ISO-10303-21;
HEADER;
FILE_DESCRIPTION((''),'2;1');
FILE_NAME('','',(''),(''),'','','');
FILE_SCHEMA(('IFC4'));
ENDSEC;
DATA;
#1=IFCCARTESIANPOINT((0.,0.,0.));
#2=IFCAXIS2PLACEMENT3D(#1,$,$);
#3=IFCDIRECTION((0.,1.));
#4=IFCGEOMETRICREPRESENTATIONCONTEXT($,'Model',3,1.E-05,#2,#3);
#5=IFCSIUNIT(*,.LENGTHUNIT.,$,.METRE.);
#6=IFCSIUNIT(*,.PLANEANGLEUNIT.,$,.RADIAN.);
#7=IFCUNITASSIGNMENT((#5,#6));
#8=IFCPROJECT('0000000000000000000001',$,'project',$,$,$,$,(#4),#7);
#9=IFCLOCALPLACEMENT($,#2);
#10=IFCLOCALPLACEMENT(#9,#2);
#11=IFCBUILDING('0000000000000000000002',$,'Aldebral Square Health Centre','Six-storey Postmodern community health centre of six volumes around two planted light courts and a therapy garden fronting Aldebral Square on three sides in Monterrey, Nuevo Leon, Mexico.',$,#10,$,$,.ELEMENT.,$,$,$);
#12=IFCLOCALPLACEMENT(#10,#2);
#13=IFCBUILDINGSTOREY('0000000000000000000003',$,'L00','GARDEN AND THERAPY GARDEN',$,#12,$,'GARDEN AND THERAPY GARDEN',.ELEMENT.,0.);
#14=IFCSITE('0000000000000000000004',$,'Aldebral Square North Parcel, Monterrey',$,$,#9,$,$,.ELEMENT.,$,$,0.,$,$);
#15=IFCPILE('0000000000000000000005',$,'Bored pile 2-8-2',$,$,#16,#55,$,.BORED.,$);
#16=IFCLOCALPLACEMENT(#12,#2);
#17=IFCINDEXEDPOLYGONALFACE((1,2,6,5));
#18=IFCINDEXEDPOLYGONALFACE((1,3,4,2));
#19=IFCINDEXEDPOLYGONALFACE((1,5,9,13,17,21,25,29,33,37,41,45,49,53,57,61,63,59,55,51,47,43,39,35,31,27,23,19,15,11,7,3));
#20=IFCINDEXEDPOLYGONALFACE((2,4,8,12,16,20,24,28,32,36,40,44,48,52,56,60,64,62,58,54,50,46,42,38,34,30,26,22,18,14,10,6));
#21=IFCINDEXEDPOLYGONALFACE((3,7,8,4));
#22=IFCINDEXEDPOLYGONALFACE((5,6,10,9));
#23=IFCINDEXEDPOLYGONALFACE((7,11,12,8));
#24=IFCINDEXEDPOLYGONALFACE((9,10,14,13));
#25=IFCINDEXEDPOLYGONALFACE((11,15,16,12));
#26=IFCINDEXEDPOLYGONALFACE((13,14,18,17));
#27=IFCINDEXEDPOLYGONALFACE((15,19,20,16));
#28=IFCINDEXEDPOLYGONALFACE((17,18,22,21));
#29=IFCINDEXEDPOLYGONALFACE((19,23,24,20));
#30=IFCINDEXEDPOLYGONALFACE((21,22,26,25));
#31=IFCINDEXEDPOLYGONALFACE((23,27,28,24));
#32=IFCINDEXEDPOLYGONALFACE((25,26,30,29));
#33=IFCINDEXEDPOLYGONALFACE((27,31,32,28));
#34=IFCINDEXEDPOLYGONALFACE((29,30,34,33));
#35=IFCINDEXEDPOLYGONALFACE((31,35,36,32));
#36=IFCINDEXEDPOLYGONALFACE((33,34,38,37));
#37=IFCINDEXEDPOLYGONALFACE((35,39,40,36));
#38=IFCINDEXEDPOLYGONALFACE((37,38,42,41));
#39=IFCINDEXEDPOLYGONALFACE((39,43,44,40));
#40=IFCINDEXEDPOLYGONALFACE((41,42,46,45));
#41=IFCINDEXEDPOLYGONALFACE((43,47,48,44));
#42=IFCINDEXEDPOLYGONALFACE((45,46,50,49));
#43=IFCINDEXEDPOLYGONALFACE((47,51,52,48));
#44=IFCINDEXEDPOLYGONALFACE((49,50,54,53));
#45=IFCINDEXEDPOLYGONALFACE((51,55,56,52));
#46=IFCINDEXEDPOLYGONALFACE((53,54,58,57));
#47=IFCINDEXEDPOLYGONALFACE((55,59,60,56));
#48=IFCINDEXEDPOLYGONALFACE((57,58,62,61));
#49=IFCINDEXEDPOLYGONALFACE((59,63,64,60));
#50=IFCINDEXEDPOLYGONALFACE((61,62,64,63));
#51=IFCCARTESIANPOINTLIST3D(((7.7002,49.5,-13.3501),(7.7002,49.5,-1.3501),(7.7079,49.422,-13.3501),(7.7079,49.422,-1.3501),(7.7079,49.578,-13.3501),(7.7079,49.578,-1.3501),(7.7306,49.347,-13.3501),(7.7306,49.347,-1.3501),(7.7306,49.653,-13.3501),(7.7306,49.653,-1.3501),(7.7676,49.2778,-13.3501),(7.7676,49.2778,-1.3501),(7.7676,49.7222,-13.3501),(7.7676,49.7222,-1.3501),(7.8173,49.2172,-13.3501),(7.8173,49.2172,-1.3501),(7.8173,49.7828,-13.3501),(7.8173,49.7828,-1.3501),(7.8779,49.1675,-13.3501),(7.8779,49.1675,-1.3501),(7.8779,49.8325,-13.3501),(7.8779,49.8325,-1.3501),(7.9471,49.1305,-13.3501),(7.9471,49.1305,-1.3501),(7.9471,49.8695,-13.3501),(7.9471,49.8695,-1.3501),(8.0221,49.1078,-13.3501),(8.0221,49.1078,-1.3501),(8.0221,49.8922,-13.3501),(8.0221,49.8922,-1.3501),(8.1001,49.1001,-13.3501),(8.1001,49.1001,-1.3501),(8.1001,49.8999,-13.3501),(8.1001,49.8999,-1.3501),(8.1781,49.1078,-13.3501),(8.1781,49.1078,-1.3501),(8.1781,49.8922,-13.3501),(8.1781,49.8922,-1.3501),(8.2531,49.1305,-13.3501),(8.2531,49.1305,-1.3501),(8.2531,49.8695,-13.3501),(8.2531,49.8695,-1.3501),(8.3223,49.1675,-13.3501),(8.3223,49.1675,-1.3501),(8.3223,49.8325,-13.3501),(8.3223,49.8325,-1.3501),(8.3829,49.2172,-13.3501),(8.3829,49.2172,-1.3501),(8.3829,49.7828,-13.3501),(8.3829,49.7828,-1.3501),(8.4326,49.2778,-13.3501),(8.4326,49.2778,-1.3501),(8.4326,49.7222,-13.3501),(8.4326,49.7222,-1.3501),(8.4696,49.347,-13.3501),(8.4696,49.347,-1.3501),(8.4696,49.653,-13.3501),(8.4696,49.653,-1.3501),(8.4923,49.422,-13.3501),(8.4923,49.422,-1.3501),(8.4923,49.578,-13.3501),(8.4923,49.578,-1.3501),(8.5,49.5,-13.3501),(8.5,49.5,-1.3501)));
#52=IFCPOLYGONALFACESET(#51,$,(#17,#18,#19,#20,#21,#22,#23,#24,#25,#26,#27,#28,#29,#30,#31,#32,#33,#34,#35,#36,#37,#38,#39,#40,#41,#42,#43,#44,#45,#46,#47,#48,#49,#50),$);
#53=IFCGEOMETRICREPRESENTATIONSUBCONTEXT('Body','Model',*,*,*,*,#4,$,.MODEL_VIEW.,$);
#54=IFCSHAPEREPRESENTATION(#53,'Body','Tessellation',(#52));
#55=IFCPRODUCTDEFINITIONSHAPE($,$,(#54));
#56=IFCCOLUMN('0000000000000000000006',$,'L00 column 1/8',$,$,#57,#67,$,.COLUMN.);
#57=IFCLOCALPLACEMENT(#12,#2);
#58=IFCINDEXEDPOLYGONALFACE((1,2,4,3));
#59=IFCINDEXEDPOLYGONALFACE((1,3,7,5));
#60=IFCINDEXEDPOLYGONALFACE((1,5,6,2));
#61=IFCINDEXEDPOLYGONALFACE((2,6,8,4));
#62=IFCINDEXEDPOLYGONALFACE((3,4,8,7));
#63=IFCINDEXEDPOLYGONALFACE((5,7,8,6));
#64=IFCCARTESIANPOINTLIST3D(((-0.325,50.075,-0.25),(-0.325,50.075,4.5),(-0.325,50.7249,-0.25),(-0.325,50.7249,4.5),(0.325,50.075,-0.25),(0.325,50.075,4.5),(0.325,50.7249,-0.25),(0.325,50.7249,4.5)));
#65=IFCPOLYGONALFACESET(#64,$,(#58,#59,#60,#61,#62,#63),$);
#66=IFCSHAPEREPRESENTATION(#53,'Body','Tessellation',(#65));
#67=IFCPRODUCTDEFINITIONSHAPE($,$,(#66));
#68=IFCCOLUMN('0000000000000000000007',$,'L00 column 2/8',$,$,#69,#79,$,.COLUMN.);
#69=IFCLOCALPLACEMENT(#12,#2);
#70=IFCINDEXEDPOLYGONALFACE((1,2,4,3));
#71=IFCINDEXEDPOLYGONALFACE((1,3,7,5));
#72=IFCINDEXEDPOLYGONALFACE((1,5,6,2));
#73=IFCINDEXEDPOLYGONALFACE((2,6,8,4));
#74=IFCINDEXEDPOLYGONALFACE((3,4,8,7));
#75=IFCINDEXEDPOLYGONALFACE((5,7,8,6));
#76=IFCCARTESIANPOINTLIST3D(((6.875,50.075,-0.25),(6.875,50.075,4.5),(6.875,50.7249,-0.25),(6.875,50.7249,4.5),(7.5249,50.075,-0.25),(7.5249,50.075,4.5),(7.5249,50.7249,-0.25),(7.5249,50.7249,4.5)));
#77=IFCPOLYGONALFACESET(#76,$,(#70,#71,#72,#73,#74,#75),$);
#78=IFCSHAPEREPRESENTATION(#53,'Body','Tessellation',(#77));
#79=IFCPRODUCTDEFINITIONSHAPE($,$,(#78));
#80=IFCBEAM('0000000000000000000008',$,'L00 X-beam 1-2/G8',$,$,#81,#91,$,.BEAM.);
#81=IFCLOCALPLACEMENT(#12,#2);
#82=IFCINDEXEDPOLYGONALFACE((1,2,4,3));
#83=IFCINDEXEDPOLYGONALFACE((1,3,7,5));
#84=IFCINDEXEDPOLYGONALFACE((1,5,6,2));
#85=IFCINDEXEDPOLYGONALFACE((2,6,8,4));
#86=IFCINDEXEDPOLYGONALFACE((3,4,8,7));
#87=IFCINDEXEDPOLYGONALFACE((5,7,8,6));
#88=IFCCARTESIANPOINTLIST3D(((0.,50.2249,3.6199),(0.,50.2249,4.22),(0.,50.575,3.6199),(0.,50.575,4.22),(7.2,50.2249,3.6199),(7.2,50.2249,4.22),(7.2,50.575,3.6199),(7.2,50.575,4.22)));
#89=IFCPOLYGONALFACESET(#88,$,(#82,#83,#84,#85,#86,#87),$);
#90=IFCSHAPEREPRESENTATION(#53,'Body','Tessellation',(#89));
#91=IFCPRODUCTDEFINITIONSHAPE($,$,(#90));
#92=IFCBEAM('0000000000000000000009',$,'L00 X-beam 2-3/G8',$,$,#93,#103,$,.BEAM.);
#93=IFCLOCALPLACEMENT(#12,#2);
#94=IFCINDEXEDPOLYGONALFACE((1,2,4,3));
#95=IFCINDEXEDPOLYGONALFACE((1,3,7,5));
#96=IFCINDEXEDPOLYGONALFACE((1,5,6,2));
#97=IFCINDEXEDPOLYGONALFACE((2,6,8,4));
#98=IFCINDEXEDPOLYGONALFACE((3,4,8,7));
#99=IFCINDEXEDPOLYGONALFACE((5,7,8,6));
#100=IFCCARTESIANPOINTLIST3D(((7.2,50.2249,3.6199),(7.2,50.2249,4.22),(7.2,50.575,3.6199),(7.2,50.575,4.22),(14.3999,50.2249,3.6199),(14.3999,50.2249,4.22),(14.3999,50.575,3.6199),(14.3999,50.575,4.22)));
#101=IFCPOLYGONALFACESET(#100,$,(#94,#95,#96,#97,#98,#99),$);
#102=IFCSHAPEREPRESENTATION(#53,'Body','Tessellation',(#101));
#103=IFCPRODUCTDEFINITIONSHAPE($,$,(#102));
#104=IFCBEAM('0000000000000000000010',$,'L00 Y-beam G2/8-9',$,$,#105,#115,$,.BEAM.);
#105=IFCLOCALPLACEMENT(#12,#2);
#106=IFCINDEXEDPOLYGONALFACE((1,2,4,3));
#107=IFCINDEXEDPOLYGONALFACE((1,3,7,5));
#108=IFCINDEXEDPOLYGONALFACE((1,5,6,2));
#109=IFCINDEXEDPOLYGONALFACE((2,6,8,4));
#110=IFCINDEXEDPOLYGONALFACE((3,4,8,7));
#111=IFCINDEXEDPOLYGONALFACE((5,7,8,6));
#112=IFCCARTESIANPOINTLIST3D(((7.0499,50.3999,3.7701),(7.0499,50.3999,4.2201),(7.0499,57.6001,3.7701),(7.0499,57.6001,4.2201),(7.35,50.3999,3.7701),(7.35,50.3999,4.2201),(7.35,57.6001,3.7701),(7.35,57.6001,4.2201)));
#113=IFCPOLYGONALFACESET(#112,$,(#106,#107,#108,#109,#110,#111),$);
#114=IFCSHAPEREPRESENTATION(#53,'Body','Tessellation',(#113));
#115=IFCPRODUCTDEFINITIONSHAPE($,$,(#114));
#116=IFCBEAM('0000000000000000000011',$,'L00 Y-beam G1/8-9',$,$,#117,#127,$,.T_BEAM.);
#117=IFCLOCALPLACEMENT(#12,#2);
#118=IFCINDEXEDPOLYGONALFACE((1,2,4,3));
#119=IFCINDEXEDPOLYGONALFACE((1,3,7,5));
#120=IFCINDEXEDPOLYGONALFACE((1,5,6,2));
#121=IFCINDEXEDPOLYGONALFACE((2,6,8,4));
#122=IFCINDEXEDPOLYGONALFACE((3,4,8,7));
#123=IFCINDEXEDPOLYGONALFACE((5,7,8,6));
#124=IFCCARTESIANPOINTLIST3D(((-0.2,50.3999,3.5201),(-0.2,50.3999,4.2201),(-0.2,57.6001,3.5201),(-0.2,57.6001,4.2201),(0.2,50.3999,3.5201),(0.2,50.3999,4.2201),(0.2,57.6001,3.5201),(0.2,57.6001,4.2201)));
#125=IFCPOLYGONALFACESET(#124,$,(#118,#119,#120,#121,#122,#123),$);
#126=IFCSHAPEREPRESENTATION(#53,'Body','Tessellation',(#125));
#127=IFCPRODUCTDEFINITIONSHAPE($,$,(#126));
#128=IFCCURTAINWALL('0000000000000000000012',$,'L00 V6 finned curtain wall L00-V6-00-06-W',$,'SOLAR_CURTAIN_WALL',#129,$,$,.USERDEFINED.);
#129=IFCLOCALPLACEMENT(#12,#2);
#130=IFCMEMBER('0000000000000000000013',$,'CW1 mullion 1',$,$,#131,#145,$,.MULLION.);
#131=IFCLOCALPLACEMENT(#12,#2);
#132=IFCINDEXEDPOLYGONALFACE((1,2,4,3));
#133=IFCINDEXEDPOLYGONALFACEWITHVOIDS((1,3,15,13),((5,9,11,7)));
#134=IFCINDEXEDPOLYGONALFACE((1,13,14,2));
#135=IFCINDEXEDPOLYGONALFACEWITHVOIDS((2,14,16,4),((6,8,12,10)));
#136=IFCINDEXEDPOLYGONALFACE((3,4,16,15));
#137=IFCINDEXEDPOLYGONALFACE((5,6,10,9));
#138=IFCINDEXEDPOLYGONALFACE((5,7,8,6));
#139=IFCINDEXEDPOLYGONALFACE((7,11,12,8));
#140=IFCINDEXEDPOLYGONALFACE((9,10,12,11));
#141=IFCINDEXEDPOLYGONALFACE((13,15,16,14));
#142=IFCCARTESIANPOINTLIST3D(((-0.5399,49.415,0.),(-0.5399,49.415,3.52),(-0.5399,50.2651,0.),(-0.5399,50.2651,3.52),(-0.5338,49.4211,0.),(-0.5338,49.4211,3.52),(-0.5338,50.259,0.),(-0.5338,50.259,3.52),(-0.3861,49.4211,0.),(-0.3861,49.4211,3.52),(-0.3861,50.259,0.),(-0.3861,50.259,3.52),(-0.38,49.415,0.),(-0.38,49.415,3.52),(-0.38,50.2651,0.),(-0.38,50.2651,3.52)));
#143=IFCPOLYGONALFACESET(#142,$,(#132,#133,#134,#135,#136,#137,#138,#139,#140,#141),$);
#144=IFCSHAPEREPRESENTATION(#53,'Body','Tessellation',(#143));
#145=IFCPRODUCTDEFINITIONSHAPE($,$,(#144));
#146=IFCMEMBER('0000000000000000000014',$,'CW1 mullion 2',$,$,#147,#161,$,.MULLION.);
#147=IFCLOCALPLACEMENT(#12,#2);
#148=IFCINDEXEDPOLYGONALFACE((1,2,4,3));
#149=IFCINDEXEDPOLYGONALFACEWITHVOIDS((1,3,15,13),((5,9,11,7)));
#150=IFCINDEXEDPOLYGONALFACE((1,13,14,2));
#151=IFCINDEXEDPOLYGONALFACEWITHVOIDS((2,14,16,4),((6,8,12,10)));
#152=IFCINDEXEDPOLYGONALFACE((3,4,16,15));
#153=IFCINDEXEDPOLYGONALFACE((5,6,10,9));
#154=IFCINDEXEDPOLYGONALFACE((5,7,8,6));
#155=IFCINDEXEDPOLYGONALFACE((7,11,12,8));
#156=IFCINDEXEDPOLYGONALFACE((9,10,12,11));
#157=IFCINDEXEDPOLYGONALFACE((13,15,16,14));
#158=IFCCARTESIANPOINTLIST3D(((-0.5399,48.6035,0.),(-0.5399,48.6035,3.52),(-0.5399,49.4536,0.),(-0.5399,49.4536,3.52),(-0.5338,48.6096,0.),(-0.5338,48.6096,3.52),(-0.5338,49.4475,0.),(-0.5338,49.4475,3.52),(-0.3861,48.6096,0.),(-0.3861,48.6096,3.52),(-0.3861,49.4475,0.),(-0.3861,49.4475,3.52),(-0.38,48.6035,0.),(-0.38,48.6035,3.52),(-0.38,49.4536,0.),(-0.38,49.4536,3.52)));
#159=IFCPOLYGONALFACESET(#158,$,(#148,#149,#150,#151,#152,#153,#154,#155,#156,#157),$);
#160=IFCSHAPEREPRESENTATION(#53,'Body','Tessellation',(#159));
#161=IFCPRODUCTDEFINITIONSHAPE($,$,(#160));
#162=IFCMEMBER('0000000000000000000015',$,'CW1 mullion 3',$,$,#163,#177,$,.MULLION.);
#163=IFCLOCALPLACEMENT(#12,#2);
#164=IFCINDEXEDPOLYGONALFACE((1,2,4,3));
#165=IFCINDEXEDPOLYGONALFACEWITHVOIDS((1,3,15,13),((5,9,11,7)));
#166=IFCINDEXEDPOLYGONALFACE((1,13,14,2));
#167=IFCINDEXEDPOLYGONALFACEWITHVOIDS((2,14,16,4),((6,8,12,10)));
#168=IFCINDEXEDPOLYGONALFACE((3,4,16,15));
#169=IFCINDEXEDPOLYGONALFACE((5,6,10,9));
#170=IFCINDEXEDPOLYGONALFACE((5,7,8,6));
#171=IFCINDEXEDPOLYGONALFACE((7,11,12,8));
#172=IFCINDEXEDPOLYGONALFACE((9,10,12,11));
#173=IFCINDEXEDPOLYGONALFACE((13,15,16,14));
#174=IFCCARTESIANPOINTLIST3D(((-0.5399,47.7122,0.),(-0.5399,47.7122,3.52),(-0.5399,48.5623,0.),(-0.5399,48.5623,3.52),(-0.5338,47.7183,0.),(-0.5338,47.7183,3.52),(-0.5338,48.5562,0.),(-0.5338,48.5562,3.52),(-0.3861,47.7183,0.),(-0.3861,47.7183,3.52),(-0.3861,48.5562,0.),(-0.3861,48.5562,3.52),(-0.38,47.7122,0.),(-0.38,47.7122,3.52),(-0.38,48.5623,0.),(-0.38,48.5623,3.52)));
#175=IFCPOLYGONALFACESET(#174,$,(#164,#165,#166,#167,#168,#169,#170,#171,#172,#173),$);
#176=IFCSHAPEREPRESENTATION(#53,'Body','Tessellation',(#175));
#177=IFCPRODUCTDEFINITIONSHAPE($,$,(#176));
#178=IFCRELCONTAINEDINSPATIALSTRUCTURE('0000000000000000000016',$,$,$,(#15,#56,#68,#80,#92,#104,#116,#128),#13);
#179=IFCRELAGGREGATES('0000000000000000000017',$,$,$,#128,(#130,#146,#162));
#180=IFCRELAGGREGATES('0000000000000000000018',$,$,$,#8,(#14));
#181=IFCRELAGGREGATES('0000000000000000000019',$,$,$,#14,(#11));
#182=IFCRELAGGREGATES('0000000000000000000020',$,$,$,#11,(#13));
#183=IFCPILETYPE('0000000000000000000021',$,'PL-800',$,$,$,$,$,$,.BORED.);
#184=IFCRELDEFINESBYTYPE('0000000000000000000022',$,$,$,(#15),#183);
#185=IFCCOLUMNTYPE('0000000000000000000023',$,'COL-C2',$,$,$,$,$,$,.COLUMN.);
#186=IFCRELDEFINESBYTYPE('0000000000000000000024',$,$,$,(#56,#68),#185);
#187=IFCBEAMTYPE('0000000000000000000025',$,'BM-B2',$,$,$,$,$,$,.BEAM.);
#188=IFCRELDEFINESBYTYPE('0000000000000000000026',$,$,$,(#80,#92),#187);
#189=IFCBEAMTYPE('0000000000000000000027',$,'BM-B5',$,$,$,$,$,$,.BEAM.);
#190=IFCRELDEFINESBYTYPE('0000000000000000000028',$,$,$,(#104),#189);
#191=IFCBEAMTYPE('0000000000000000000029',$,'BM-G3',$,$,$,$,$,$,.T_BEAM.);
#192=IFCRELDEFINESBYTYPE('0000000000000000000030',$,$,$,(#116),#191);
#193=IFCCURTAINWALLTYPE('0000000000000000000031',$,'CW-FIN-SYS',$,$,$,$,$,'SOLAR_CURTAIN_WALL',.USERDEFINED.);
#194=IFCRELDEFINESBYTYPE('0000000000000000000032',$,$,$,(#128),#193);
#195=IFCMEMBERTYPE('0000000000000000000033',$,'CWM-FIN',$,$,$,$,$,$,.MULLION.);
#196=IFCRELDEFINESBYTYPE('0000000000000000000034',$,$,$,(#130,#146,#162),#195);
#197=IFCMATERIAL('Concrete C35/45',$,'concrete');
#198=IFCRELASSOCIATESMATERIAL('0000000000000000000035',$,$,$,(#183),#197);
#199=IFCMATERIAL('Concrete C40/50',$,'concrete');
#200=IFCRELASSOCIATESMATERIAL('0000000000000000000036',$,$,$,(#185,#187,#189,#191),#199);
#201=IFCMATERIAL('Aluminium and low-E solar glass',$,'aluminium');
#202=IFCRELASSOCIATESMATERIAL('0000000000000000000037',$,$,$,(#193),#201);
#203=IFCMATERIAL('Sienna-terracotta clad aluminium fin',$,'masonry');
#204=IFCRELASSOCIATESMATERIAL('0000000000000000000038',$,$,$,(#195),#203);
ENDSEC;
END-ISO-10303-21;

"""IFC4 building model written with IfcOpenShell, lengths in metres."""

from ifc_helpers import new_model, si_unit, direction, frame, origin, origin_2d, place, context, subcontext, project, spatial, rectangle, hollow_rectangle, circle, extrude, material, material_profile, profile_set, type_object, element, aggregate, save


model = new_model("IFC4")

# Units and contexts
model_context = context("Model", 3, precision=1e-05, world=origin(), true_north=direction((0.0, 1.0)))
body_context = subcontext(model_context, "Body", "Model", "MODEL_VIEW")
ifc_project = project(units=[si_unit("LENGTHUNIT", "METRE"), si_unit("PLANEANGLEUNIT", "RADIAN")], contexts=[model_context])

# Site, building, storey
site_placement = place(None, origin())
site = spatial("IfcSite", under=ifc_project, at=site_placement, Name="Aldebral Square North Parcel, Monterrey", CompositionType="ELEMENT", RefElevation=0.0)
building_placement = place(site_placement, origin())
building = spatial("IfcBuilding", under=site, at=building_placement, Name="Aldebral Square Health Centre", Description="Six-storey Postmodern community health centre of six volumes around two planted light courts and a therapy garden fronting Aldebral Square on three sides in Monterrey, Nuevo Leon, Mexico.", CompositionType="ELEMENT")
storey_placement = place(building_placement, origin())
storey = spatial("IfcBuildingStorey", under=building, at=storey_placement, Name="L00", Description="GARDEN AND THERAPY GARDEN", LongName="GARDEN AND THERAPY GARDEN", CompositionType="ELEMENT", Elevation=0.0)

# Shared definitions
ifc_material_1 = material(Name="Concrete C35/45", Category="concrete")

# Pile
ifc_material_profile_1 = material_profile(ifc_material_1, circle(Radius=0.3999, at=origin_2d()), Name="PILE D800")
ifc_profile_set_1 = profile_set([ifc_material_profile_1], Name="Concrete C35/45")
pile_type_1 = type_object("IfcPileType", Name="PL-800", PredefinedType="BORED", material=ifc_profile_set_1)
for number, where, z_axis, x_axis, name in (
    (1, (8.1001, 49.5, -1.3501), (0.0, 0.0, -1.0), (1.0, 0.0, 0.0), "Bored pile 2-8-2"),
):
    element("IfcPile", number, at=place(storey_placement, frame(where, z_axis=z_axis, x_axis=x_axis)), inside=storey, type_object=pile_type_1, Name=name, PredefinedType="BORED", context=body_context, shape_type="SweptSolid", body=[
        extrude(circle(Radius=0.3999, at=origin_2d()), origin(), (0.0, 0.0, 1.0), 12.0),
    ])

# Columns
ifc_material_2 = material(Name="Concrete C40/50", Category="concrete")
ifc_material_profile_2 = material_profile(ifc_material_2, rectangle(XDim=0.6499, YDim=0.6499, at=origin_2d()), Name="RC 650x650")
ifc_profile_set_2 = profile_set([ifc_material_profile_2], Name="Concrete C40/50")
column_type = type_object("IfcColumnType", Name="COL-C2", PredefinedType="COLUMN", material=ifc_profile_set_2)
for number, where, z_axis, x_axis, name in (
    (2, (0.0, 50.3999, -0.25), (0.0, 0.0, 1.0), (1.0, 0.0, 0.0), "L00 column 1/8"),
    (3, (7.2, 50.3999, -0.25), (0.0, 0.0, 1.0), (1.0, 0.0, 0.0), "L00 column 2/8"),
):
    element("IfcColumn", number, at=place(storey_placement, frame(where, z_axis=z_axis, x_axis=x_axis)), inside=storey, type_object=column_type, Name=name, PredefinedType="COLUMN", context=body_context, shape_type="SweptSolid", body=[
        extrude(rectangle(XDim=0.6499, YDim=0.6499, at=origin_2d()), origin(), (0.0, 0.0, 1.0), 4.75),
    ])

# Beams
ifc_material_profile_3 = material_profile(ifc_material_2, rectangle(XDim=0.3501, YDim=0.6001, at=origin_2d()), Name="RC 350x600")
ifc_profile_set_3 = profile_set([ifc_material_profile_3], Name="Concrete C40/50")
beam_type_1 = type_object("IfcBeamType", Name="BM-B2", PredefinedType="BEAM", material=ifc_profile_set_3)
for number, where, z_axis, x_axis, name in (
    (4, (0.0, 50.3999, 3.9199), (1.0, 0.0, 0.0), (0.0, 1.0, 0.0), "L00 X-beam 1-2/G8"),
    (5, (7.2, 50.3999, 3.9199), (1.0, 0.0, 0.0), (0.0, 1.0, 0.0), "L00 X-beam 2-3/G8"),
):
    element("IfcBeam", number, at=place(storey_placement, frame(where, z_axis=z_axis, x_axis=x_axis)), inside=storey, type_object=beam_type_1, Name=name, PredefinedType="BEAM", context=body_context, shape_type="SweptSolid", body=[
        extrude(rectangle(XDim=0.3501, YDim=0.6001, at=origin_2d()), origin(), (0.0, 0.0, 1.0), 7.2),
    ])
ifc_material_profile_4 = material_profile(ifc_material_2, rectangle(XDim=0.3, YDim=0.45, at=origin_2d()), Name="RC 300x450")
ifc_profile_set_4 = profile_set([ifc_material_profile_4], Name="Concrete C40/50")
beam_type_2 = type_object("IfcBeamType", Name="BM-B5", PredefinedType="BEAM", material=ifc_profile_set_4)
beam_1_placement = place(storey_placement, frame((7.2, 50.3999, 3.9951), z_axis=(0.0, 1.0, 0.0), x_axis=(-1.0, 0.0, 0.0)))
element("IfcBeam", 6, at=beam_1_placement, inside=storey, type_object=beam_type_2, Name="L00 Y-beam G2/8-9", PredefinedType="BEAM", context=body_context, shape_type="SweptSolid", body=[
    extrude(rectangle(XDim=0.3, YDim=0.45, at=origin_2d()), origin(), (0.0, 0.0, 1.0), 7.2002),
])
ifc_material_profile_5 = material_profile(ifc_material_2, rectangle(XDim=0.3999, YDim=0.7, at=origin_2d()), Name="RC 400x700")
ifc_profile_set_5 = profile_set([ifc_material_profile_5], Name="Concrete C40/50")
beam_type_3 = type_object("IfcBeamType", Name="BM-G3", PredefinedType="T_BEAM", material=ifc_profile_set_5)
beam_2_placement = place(storey_placement, frame((0.0, 50.3999, 3.8701), z_axis=(0.0, 1.0, 0.0), x_axis=(-1.0, 0.0, 0.0)))
element("IfcBeam", 7, at=beam_2_placement, inside=storey, type_object=beam_type_3, Name="L00 Y-beam G1/8-9", PredefinedType="T_BEAM", context=body_context, shape_type="SweptSolid", body=[
    extrude(rectangle(XDim=0.3999, YDim=0.7, at=origin_2d()), origin(), (0.0, 0.0, 1.0), 7.2002),
])

# Curtain wall, members
ifc_material_3 = material(Name="Aluminium and low-E solar glass", Category="aluminium")
curtain_wall_type = type_object("IfcCurtainWallType", Name="CW-FIN-SYS", ElementType="SOLAR_CURTAIN_WALL", PredefinedType="USERDEFINED", material=ifc_material_3)
curtain_wall_placement = place(storey_placement, origin())
curtain_wall = element("IfcCurtainWall", 8, at=curtain_wall_placement, inside=storey, type_object=curtain_wall_type, Name="L00 V6 finned curtain wall L00-V6-00-06-W", ObjectType="SOLAR_CURTAIN_WALL", PredefinedType="USERDEFINED")
ifc_material_4 = material(Name="Sienna-terracotta clad aluminium fin", Category="masonry")
ifc_material_profile_6 = material_profile(ifc_material_4, hollow_rectangle(XDim=0.1599, YDim=0.8501, WallThickness=0.0061, at=origin_2d()), Name="FIN 160x850x6")
ifc_profile_set_6 = profile_set([ifc_material_profile_6], Name="Sienna-terracotta clad aluminium fin")
member_type_1 = type_object("IfcMemberType", Name="CWM-FIN", PredefinedType="MULLION", material=ifc_profile_set_6)
member_1_placement = place(storey_placement, frame((-0.46, 49.8401, 0.0), z_axis=(0.0, 0.0, 1.0), x_axis=(1.0, 0.0, 0.0)))
member_1 = element("IfcMember", 9, at=member_1_placement, type_object=member_type_1, Name="CW1 mullion 1", PredefinedType="MULLION", context=body_context, shape_type="SweptSolid", body=[
    extrude(hollow_rectangle(XDim=0.1599, YDim=0.8501, WallThickness=0.0061, at=origin_2d()), origin(), (0.0, 0.0, 1.0), 3.52),
])
member_2_placement = place(storey_placement, frame((-0.46, 49.0286, 0.0), z_axis=(0.0, 0.0, 1.0), x_axis=(1.0, 0.0, 0.0)))
member_2 = element("IfcMember", 10, at=member_2_placement, type_object=member_type_1, Name="CW1 mullion 2", PredefinedType="MULLION", context=body_context, shape_type="SweptSolid", body=[
    extrude(hollow_rectangle(XDim=0.1599, YDim=0.8501, WallThickness=0.0061, at=origin_2d()), origin(), (0.0, 0.0, 1.0), 3.52),
])
member_3_placement = place(storey_placement, frame((-0.46, 48.1372, 0.0), z_axis=(0.0, 0.0, 1.0), x_axis=(1.0, 0.0, 0.0)))
member_3 = element("IfcMember", 11, at=member_3_placement, type_object=member_type_1, Name="CW1 mullion 3", PredefinedType="MULLION", context=body_context, shape_type="SweptSolid", body=[
    extrude(hollow_rectangle(XDim=0.1599, YDim=0.8501, WallThickness=0.0061, at=origin_2d()), origin(), (0.0, 0.0, 1.0), 3.52),
])
aggregate(curtain_wall, [member_1, member_2, member_3])

save(model, "model.ifc")
